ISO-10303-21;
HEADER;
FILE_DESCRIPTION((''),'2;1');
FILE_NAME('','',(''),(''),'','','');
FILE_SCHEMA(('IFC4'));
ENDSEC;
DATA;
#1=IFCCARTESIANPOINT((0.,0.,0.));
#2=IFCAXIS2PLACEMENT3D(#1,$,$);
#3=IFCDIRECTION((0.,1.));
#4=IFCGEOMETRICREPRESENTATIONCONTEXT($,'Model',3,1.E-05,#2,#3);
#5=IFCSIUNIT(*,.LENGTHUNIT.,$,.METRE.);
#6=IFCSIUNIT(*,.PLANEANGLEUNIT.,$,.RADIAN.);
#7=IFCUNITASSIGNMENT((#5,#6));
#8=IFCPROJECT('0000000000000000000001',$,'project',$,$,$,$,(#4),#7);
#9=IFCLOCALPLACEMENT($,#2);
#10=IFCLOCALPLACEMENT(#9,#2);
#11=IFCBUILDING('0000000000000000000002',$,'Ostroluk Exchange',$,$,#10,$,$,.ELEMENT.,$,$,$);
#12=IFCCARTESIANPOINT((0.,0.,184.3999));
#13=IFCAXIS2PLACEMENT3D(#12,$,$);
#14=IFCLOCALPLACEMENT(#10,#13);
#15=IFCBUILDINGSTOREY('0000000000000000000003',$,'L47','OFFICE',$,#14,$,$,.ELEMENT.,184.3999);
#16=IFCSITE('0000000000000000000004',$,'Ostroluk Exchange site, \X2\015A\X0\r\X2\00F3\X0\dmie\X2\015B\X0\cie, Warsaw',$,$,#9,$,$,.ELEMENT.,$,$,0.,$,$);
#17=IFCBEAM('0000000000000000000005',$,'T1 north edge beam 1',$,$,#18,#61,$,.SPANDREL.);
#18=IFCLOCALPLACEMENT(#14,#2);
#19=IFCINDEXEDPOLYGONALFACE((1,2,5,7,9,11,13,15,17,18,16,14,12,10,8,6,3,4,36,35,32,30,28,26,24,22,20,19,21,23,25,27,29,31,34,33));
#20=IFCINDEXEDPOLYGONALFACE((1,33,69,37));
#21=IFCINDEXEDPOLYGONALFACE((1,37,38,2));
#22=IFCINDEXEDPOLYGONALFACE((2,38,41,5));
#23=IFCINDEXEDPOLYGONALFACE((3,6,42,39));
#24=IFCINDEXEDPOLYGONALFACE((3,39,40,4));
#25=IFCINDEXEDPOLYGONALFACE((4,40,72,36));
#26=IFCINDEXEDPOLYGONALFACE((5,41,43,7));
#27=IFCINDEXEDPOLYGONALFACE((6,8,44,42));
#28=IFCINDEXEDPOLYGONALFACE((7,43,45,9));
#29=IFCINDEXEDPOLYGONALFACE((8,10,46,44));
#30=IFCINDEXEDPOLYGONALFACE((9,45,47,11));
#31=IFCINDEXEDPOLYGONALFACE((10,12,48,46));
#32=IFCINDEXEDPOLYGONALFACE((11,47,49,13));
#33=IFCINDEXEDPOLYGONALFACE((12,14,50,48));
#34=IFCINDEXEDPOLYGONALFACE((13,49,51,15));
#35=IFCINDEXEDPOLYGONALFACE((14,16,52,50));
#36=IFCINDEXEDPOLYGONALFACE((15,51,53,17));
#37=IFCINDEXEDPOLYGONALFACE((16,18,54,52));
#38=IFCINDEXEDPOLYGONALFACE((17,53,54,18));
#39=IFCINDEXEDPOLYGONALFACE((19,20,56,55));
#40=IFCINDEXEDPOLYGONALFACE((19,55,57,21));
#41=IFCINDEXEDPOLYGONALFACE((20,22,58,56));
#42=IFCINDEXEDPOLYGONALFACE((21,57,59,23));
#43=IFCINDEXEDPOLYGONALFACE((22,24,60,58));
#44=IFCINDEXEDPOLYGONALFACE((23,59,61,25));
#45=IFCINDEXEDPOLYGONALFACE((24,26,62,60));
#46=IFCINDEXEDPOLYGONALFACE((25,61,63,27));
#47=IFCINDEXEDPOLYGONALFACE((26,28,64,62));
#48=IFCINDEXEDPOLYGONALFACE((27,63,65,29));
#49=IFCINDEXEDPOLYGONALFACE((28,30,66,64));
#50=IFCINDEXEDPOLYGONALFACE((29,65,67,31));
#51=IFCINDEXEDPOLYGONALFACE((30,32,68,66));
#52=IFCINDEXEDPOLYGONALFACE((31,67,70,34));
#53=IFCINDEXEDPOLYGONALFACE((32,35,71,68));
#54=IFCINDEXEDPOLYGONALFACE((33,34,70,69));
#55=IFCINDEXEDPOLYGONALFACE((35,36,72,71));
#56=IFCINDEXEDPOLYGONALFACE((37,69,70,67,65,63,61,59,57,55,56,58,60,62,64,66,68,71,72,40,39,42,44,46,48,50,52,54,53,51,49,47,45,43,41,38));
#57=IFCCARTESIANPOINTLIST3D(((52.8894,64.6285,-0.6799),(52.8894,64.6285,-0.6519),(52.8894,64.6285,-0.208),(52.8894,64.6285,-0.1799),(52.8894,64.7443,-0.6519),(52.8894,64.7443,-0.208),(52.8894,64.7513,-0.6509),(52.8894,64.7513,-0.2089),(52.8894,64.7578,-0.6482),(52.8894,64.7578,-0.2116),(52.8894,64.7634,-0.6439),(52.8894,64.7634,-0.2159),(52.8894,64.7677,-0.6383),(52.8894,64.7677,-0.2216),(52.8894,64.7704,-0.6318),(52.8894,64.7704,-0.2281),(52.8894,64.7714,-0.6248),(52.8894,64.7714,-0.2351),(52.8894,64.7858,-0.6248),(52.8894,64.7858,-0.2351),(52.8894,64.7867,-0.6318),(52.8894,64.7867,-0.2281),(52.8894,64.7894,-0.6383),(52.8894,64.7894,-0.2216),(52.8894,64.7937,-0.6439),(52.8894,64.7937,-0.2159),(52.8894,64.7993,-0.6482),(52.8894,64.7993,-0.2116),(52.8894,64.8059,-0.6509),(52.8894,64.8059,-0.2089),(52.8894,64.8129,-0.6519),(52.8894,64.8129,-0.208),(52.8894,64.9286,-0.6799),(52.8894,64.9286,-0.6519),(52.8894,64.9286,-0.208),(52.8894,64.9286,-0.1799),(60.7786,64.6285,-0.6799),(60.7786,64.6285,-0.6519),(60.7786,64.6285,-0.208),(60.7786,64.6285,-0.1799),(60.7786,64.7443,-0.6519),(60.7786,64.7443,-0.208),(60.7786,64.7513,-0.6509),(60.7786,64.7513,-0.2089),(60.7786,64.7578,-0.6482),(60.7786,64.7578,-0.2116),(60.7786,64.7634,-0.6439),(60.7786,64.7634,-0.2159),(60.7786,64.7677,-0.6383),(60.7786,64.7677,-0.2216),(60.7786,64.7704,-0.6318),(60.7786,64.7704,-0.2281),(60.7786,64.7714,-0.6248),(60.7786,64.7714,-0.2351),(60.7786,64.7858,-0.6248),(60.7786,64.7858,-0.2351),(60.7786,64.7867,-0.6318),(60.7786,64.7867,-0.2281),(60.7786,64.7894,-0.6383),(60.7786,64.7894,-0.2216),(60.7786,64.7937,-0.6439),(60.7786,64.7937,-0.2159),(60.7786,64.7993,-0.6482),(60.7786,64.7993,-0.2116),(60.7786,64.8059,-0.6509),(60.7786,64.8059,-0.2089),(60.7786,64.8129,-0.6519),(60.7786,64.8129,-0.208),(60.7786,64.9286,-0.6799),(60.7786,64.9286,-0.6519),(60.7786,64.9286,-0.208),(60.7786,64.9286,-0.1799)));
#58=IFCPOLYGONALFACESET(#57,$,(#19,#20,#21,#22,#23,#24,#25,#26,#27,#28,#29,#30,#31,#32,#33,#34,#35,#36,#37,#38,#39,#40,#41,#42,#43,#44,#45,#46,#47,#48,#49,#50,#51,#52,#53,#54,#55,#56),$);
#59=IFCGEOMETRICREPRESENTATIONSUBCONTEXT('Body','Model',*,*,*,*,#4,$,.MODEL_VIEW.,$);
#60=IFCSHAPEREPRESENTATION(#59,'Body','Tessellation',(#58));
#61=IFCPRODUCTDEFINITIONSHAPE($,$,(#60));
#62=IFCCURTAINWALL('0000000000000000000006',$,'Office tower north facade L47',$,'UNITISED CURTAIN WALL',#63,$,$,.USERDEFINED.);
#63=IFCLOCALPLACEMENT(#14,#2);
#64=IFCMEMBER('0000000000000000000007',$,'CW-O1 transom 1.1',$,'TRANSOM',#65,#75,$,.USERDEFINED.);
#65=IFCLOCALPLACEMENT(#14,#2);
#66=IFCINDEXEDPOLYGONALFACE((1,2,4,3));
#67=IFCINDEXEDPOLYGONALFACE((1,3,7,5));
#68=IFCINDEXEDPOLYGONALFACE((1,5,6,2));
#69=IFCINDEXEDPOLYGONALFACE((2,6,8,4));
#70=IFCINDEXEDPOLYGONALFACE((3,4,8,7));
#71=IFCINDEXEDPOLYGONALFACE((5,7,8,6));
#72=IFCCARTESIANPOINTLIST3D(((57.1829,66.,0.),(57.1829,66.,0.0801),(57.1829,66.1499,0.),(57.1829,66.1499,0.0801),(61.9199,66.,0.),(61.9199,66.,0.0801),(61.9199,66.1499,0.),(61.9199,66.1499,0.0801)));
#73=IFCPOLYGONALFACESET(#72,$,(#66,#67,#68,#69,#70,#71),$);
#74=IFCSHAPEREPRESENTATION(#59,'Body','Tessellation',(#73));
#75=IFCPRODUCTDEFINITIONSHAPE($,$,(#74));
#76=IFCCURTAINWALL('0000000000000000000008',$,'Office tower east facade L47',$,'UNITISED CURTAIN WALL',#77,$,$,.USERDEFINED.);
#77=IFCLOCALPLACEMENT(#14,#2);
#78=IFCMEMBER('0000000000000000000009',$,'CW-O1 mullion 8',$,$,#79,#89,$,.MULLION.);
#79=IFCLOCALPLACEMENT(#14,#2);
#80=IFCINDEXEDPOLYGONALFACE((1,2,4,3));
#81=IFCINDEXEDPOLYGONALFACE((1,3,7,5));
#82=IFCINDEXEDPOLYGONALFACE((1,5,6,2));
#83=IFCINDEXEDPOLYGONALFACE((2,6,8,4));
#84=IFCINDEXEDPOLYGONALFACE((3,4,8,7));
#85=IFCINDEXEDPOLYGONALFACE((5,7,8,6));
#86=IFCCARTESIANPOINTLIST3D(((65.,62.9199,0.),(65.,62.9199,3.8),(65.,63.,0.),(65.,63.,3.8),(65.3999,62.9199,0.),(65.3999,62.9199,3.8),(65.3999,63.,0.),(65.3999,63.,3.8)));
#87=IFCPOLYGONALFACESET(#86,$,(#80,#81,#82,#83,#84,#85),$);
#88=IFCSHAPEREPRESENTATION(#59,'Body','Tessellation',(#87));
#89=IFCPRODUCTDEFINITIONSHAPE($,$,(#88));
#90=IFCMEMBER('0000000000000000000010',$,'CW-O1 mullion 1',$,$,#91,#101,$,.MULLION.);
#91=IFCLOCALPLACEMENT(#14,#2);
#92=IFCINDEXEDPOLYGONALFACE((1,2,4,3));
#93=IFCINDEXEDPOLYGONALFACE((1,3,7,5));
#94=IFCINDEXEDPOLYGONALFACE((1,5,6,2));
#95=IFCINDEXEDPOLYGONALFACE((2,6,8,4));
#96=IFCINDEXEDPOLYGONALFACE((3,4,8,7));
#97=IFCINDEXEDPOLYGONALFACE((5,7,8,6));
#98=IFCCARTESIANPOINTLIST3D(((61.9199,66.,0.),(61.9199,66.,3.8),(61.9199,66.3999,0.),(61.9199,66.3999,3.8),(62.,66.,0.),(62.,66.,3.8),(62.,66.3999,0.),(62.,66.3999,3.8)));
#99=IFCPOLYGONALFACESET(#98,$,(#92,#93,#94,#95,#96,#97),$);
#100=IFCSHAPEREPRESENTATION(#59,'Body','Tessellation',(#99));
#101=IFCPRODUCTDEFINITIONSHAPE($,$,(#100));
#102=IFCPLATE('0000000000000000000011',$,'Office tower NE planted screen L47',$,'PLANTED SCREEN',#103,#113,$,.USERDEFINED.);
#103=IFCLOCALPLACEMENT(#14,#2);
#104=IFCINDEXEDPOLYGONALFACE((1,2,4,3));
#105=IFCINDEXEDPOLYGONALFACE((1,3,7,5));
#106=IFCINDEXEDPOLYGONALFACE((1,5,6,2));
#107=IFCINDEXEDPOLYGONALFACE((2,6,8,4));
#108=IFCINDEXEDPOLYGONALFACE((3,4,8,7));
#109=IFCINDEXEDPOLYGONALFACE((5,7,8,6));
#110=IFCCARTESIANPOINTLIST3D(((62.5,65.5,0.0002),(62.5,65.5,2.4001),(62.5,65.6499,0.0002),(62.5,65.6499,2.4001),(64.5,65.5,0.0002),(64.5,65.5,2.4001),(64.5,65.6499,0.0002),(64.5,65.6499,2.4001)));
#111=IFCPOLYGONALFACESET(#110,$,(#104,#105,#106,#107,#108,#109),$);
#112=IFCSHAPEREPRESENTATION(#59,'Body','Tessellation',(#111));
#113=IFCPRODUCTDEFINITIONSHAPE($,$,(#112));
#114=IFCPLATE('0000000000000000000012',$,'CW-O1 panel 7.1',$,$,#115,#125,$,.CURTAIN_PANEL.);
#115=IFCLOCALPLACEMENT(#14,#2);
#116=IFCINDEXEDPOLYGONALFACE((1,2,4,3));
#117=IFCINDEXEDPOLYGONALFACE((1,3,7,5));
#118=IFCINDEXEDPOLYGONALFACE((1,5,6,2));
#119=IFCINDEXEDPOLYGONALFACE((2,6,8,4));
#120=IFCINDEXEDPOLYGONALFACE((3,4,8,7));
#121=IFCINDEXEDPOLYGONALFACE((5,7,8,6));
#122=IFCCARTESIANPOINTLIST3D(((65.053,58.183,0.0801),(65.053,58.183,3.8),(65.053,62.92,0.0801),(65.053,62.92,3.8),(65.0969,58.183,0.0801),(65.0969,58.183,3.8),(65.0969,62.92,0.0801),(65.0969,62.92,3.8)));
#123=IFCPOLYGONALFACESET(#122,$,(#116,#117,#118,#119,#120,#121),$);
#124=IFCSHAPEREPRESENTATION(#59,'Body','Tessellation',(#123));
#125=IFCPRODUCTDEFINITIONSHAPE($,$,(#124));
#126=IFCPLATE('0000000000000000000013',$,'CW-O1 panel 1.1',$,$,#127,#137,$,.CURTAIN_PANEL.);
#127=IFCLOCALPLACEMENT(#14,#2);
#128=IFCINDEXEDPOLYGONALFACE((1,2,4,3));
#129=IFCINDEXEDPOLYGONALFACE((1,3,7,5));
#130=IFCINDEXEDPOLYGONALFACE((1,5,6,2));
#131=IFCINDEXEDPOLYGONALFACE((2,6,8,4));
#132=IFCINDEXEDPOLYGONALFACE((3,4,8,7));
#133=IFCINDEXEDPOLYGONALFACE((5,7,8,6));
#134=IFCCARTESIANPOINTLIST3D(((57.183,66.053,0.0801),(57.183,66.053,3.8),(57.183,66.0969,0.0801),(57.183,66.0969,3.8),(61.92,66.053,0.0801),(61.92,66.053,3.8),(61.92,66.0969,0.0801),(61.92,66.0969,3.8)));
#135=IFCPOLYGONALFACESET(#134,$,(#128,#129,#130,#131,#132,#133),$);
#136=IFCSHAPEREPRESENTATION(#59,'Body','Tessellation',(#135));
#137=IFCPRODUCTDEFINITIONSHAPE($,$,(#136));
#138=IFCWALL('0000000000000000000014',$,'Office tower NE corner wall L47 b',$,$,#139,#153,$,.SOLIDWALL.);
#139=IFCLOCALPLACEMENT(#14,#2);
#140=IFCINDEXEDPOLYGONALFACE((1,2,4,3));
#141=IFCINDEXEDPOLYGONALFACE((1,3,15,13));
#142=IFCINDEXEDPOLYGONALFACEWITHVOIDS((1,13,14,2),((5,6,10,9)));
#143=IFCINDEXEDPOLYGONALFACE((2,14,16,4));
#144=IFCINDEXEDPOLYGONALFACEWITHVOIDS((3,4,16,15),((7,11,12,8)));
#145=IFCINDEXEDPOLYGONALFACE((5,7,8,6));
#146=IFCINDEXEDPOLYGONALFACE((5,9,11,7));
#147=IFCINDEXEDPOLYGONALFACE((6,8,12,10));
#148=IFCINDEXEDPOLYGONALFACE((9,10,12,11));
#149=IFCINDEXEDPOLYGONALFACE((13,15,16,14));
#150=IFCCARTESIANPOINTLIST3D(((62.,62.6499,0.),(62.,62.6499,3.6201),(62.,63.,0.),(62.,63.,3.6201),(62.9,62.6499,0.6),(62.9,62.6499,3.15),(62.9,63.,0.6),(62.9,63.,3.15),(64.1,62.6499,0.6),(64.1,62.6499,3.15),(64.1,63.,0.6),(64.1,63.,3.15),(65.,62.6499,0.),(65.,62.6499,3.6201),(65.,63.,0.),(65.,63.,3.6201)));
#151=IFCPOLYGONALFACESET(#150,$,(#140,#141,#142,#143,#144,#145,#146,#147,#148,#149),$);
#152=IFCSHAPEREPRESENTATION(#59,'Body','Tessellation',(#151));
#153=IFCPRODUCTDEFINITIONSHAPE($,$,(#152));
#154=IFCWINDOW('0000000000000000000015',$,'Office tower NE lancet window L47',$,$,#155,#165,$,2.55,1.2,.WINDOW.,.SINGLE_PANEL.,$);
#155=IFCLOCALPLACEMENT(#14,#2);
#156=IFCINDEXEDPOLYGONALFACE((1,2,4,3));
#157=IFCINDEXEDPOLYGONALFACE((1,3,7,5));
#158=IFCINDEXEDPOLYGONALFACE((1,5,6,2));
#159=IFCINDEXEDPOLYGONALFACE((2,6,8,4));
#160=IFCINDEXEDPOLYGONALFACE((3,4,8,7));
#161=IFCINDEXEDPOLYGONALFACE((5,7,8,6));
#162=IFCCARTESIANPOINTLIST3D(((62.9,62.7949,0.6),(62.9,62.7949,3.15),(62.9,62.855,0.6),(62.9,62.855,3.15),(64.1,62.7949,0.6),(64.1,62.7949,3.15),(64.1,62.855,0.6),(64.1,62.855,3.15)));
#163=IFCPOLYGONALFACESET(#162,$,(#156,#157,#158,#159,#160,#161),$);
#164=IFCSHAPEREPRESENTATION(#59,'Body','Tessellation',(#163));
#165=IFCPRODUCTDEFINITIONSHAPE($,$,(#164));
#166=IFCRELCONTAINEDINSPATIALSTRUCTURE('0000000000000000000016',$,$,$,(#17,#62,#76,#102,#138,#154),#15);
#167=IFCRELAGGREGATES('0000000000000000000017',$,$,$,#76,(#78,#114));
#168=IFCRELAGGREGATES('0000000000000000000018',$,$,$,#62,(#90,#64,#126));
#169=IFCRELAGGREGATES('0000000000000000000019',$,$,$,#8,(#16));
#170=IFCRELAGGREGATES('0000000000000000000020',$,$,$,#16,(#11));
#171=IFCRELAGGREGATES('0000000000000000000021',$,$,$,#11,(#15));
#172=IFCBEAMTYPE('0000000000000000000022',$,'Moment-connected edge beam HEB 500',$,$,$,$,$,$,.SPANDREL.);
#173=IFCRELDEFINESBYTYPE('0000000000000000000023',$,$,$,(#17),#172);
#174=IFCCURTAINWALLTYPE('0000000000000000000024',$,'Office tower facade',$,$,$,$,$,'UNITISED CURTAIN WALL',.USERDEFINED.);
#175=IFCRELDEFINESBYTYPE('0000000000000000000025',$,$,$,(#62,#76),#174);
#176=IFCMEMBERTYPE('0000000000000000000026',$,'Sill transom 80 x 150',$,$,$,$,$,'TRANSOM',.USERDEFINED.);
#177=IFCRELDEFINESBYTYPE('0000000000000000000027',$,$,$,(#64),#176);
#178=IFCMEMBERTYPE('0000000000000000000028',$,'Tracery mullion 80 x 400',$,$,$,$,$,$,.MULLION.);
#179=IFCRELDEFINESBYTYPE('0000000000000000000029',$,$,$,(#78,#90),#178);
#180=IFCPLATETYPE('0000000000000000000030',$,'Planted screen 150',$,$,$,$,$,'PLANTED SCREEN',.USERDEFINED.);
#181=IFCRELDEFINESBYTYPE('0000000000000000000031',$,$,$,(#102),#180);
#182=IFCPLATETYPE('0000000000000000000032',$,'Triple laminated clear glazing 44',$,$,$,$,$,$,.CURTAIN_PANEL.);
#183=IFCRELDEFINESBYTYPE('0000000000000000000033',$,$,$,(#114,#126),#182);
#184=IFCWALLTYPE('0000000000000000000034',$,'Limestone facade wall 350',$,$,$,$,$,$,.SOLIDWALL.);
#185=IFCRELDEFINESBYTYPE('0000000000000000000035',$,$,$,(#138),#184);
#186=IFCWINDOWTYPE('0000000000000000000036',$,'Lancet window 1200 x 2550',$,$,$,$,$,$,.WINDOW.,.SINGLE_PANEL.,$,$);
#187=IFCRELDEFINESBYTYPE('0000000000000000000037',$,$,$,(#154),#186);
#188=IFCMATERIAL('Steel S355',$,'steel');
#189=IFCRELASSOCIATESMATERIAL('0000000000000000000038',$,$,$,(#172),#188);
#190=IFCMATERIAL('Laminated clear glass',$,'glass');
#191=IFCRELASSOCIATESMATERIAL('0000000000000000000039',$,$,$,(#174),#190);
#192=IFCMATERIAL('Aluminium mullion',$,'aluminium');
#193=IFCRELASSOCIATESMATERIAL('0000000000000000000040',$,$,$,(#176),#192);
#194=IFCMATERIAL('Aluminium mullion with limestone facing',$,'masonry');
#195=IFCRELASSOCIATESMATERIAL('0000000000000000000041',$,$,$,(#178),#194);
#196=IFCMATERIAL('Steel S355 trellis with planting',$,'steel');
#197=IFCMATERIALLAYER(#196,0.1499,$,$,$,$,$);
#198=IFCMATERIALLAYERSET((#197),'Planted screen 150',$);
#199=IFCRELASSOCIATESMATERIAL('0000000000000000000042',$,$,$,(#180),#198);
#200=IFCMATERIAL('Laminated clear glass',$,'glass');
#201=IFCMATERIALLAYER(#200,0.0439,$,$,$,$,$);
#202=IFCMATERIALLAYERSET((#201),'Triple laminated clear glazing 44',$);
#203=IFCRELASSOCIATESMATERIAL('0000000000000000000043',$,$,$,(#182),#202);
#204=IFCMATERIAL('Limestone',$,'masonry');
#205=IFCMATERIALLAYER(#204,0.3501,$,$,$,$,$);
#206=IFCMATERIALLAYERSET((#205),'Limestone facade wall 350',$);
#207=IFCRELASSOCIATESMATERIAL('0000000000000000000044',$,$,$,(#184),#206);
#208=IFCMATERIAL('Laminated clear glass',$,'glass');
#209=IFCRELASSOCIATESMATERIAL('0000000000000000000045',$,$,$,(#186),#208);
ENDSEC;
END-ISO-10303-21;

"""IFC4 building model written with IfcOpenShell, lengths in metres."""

from ifc_helpers import new_model, si_unit, direction, frame, frame_2d, origin, origin_2d, place, context, subcontext, project, spatial, rectangle, i_section, extrude, material, layer, layer_set, material_profile, profile_set, type_object, element, fill, aggregate, save


model = new_model("IFC4")

# Units and contexts
model_context = context("Model", 3, precision=1e-05, world=origin(), true_north=direction((0.0, 1.0)))
body_context = subcontext(model_context, "Body", "Model", "MODEL_VIEW")
ifc_project = project(units=[si_unit("LENGTHUNIT", "METRE"), si_unit("PLANEANGLEUNIT", "RADIAN")], contexts=[model_context])

# Site, building, storey
site_placement = place(None, origin())
site = spatial("IfcSite", under=ifc_project, at=site_placement, Name="Ostroluk Exchange site, Śródmieście, Warsaw", CompositionType="ELEMENT", RefElevation=0.0)
building_placement = place(site_placement, origin())
building = spatial("IfcBuilding", under=site, at=building_placement, Name="Ostroluk Exchange", CompositionType="ELEMENT")
storey_placement = place(building_placement, frame((0.0, 0.0, 184.3999)))
storey = spatial("IfcBuildingStorey", under=building, at=storey_placement, Name="L47", Description="OFFICE", CompositionType="ELEMENT", Elevation=184.3999)

# Beam
ifc_material_1 = material(Name="Steel S355", Category="steel")
ifc_material_profile_1 = material_profile(ifc_material_1, i_section(OverallWidth=0.3, OverallDepth=0.5, WebThickness=0.0144, FlangeThickness=0.0281, FilletRadius=0.0271, at=origin_2d()), Name="HEB 500")
ifc_profile_set_1 = profile_set([ifc_material_profile_1], Name="Steel S355")
beam_type_1 = type_object("IfcBeamType", Name="Moment-connected edge beam HEB 500", PredefinedType="SPANDREL", material=ifc_profile_set_1)
beam_1_placement = place(storey_placement, frame((60.7786, 64.7786, -0.4299), z_axis=(-1.0, 0.0, 0.0), x_axis=(0.0, -1.0, 0.0)))
element("IfcBeam", 1, at=beam_1_placement, inside=storey, type_object=beam_type_1, Name="T1 north edge beam 1", PredefinedType="SPANDREL", context=body_context, shape_type="SweptSolid", body=[
    extrude(i_section(OverallWidth=0.3, OverallDepth=0.5, WebThickness=0.0144, FlangeThickness=0.0281, FilletRadius=0.0271, at=origin_2d()), origin(), (0.0, 0.0, 1.0), 7.8892),
])

# Curtain walls, members
ifc_material_2 = material(Name="Laminated clear glass", Category="glass")
curtain_wall_type = type_object("IfcCurtainWallType", Name="Office tower facade", ElementType="UNITISED CURTAIN WALL", PredefinedType="USERDEFINED", material=ifc_material_2)
curtain_wall_1_placement = place(storey_placement, origin())
curtain_wall_1 = element("IfcCurtainWall", 2, at=curtain_wall_1_placement, inside=storey, type_object=curtain_wall_type, Name="Office tower north facade L47", ObjectType="UNITISED CURTAIN WALL", PredefinedType="USERDEFINED")
ifc_material_3 = material(Name="Aluminium mullion", Category="aluminium")
ifc_material_profile_2 = material_profile(ifc_material_3, rectangle(XDim=0.1499, YDim=0.0801, at=origin_2d()), Name="Sill transom 80 x 150")
ifc_profile_set_2 = profile_set([ifc_material_profile_2], Name="Aluminium mullion")
member_type_1 = type_object("IfcMemberType", Name="Sill transom 80 x 150", ElementType="TRANSOM", PredefinedType="USERDEFINED", material=ifc_profile_set_2)
member_1_placement = place(storey_placement, frame((61.9199, 66.075, 0.04), z_axis=(-1.0, 0.0, 0.0), x_axis=(0.0, -1.0, 0.0)))
member_1 = element("IfcMember", 3, at=member_1_placement, type_object=member_type_1, Name="CW-O1 transom 1.1", ObjectType="TRANSOM", PredefinedType="USERDEFINED", context=body_context, shape_type="SweptSolid", body=[
    extrude(rectangle(XDim=0.1499, YDim=0.0801, at=origin_2d()), origin(), (0.0, 0.0, 1.0), 4.7371),
])
curtain_wall_2_placement = place(storey_placement, origin())
curtain_wall_2 = element("IfcCurtainWall", 4, at=curtain_wall_2_placement, inside=storey, type_object=curtain_wall_type, Name="Office tower east facade L47", ObjectType="UNITISED CURTAIN WALL", PredefinedType="USERDEFINED")
ifc_material_4 = material(Name="Aluminium mullion with limestone facing", Category="masonry")
ifc_material_profile_3 = material_profile(ifc_material_4, rectangle(XDim=0.3999, YDim=0.0801, at=origin_2d()), Name="Tracery mullion 80 x 400")
ifc_profile_set_3 = profile_set([ifc_material_profile_3], Name="Aluminium mullion with limestone facing")
member_type_2 = type_object("IfcMemberType", Name="Tracery mullion 80 x 400", PredefinedType="MULLION", material=ifc_profile_set_3)
member_2_placement = place(storey_placement, frame((65.2, 62.96, 0.0), z_axis=(0.0, 0.0, 1.0), x_axis=(-1.0, 0.0, 0.0)))
member_2 = element("IfcMember", 5, at=member_2_placement, type_object=member_type_2, Name="CW-O1 mullion 8", PredefinedType="MULLION", context=body_context, shape_type="SweptSolid", body=[
    extrude(rectangle(XDim=0.3999, YDim=0.0801, at=origin_2d()), origin(), (0.0, 0.0, 1.0), 3.8),
])

# Member
member_3_placement = place(storey_placement, frame((61.96, 66.2, 0.0), z_axis=(0.0, 0.0, 1.0), x_axis=(0.0, -1.0, 0.0)))
member_3 = element("IfcMember", 6, at=member_3_placement, type_object=member_type_2, Name="CW-O1 mullion 1", PredefinedType="MULLION", context=body_context, shape_type="SweptSolid", body=[
    extrude(rectangle(XDim=0.3999, YDim=0.0801, at=origin_2d()), origin(), (0.0, 0.0, 1.0), 3.8),
])

# Plates
ifc_material_5 = material(Name="Steel S355 trellis with planting", Category="steel")
ifc_layer_1 = layer(ifc_material_5, 0.1499)
ifc_layer_set_1 = layer_set([ifc_layer_1], Name="Planted screen 150")
plate_type_1 = type_object("IfcPlateType", Name="Planted screen 150", ElementType="PLANTED SCREEN", PredefinedType="USERDEFINED", material=ifc_layer_set_1)
plate_1_placement = place(storey_placement, frame((63.5, 65.575, 0.0002), z_axis=(0.0, 0.0, 1.0), x_axis=(1.0, 0.0, 0.0)))
element("IfcPlate", 7, at=plate_1_placement, inside=storey, type_object=plate_type_1, Name="Office tower NE planted screen L47", ObjectType="PLANTED SCREEN", PredefinedType="USERDEFINED", context=body_context, shape_type="SweptSolid", body=[
    extrude(rectangle(XDim=2.0, YDim=0.1499, at=origin_2d()), origin(), (0.0, 0.0, 1.0), 2.3999),
])
ifc_material_6 = material(Name="Laminated clear glass", Category="glass")
ifc_layer_2 = layer(ifc_material_6, 0.0439)
ifc_layer_set_2 = layer_set([ifc_layer_2], Name="Triple laminated clear glazing 44")
plate_type_2 = type_object("IfcPlateType", Name="Triple laminated clear glazing 44", PredefinedType="CURTAIN_PANEL", material=ifc_layer_set_2)
plate_2_placement = place(storey_placement, frame((65.075, 60.5515, 0.0801), z_axis=(0.0, 0.0, 1.0), x_axis=(0.0, 1.0, 0.0)))
plate_2 = element("IfcPlate", 8, at=plate_2_placement, type_object=plate_type_2, Name="CW-O1 panel 7.1", PredefinedType="CURTAIN_PANEL", context=body_context, shape_type="SweptSolid", body=[
    extrude(rectangle(XDim=4.7371, YDim=0.0439, at=origin_2d()), origin(), (0.0, 0.0, 1.0), 3.72),
])
aggregate(curtain_wall_2, [member_2, plate_2])
plate_3_placement = place(storey_placement, frame((59.5515, 66.075, 0.0801), z_axis=(0.0, 0.0, 1.0), x_axis=(-1.0, 0.0, 0.0)))
plate_3 = element("IfcPlate", 9, at=plate_3_placement, type_object=plate_type_2, Name="CW-O1 panel 1.1", PredefinedType="CURTAIN_PANEL", context=body_context, shape_type="SweptSolid", body=[
    extrude(rectangle(XDim=4.7371, YDim=0.0439, at=origin_2d()), origin(), (0.0, 0.0, 1.0), 3.72),
])
aggregate(curtain_wall_1, [member_3, member_1, plate_3])

# Shared definitions
ifc_material_7 = material(Name="Limestone", Category="masonry")
ifc_layer_3 = layer(ifc_material_7, 0.3501)
ifc_layer_set_3 = layer_set([ifc_layer_3], Name="Limestone facade wall 350")
wall_type = type_object("IfcWallType", Name="Limestone facade wall 350", PredefinedType="SOLIDWALL", material=ifc_layer_set_3)

# Wall, opening, window
wall_1_placement = place(storey_placement, frame((62.0, 62.825, 0.0), z_axis=(0.0, 0.0, 1.0), x_axis=(1.0, 0.0, 0.0)))
wall_1 = element("IfcWall", 10, at=wall_1_placement, inside=storey, type_object=wall_type, Name="Office tower NE corner wall L47 b", PredefinedType="SOLIDWALL", context=body_context, shape_type="SweptSolid", body=[
    extrude(rectangle(XDim=3.0, YDim=0.3501, at=frame_2d((1.5, 0.0))), origin(), (0.0, 0.0, 1.0), 3.6201),
])
opening_1_placement = place(wall_1_placement, frame((0.8999, 0.0, 0.6001)))
opening_1 = element("IfcOpeningElement", 11, at=opening_1_placement, cuts=wall_1, PredefinedType="OPENING", context=body_context, shape_type="SweptSolid", body=[
    extrude(rectangle(XDim=1.2, YDim=2.55, at=frame_2d((0.6001, 1.2749))), frame((0.0, 0.1851, 0.0), z_axis=(0.0, -1.0, 0.0), x_axis=(1.0, 0.0, 0.0)), (0.0, 0.0, 1.0), 0.3701),
])
ifc_material_8 = material(Name="Laminated clear glass", Category="glass")
window_type = type_object("IfcWindowType", Name="Lancet window 1200 x 2550", PartitioningType="SINGLE_PANEL", PredefinedType="WINDOW", material=ifc_material_8)
window_placement = place(opening_1_placement, origin())
window = element("IfcWindow", 12, at=window_placement, inside=storey, type_object=window_type, Name="Office tower NE lancet window L47", OverallHeight=2.55, OverallWidth=1.2, PartitioningType="SINGLE_PANEL", PredefinedType="WINDOW", context=body_context, shape_type="SweptSolid", body=[
    extrude(rectangle(XDim=1.2, YDim=2.55, at=frame_2d((0.6001, 1.2749))), frame((0.0, 0.03, 0.0), z_axis=(0.0, -1.0, 0.0), x_axis=(1.0, 0.0, 0.0)), (0.0, 0.0, 1.0), 0.0601),
])
fill(opening_1, window)

save(model, "model.ifc")
